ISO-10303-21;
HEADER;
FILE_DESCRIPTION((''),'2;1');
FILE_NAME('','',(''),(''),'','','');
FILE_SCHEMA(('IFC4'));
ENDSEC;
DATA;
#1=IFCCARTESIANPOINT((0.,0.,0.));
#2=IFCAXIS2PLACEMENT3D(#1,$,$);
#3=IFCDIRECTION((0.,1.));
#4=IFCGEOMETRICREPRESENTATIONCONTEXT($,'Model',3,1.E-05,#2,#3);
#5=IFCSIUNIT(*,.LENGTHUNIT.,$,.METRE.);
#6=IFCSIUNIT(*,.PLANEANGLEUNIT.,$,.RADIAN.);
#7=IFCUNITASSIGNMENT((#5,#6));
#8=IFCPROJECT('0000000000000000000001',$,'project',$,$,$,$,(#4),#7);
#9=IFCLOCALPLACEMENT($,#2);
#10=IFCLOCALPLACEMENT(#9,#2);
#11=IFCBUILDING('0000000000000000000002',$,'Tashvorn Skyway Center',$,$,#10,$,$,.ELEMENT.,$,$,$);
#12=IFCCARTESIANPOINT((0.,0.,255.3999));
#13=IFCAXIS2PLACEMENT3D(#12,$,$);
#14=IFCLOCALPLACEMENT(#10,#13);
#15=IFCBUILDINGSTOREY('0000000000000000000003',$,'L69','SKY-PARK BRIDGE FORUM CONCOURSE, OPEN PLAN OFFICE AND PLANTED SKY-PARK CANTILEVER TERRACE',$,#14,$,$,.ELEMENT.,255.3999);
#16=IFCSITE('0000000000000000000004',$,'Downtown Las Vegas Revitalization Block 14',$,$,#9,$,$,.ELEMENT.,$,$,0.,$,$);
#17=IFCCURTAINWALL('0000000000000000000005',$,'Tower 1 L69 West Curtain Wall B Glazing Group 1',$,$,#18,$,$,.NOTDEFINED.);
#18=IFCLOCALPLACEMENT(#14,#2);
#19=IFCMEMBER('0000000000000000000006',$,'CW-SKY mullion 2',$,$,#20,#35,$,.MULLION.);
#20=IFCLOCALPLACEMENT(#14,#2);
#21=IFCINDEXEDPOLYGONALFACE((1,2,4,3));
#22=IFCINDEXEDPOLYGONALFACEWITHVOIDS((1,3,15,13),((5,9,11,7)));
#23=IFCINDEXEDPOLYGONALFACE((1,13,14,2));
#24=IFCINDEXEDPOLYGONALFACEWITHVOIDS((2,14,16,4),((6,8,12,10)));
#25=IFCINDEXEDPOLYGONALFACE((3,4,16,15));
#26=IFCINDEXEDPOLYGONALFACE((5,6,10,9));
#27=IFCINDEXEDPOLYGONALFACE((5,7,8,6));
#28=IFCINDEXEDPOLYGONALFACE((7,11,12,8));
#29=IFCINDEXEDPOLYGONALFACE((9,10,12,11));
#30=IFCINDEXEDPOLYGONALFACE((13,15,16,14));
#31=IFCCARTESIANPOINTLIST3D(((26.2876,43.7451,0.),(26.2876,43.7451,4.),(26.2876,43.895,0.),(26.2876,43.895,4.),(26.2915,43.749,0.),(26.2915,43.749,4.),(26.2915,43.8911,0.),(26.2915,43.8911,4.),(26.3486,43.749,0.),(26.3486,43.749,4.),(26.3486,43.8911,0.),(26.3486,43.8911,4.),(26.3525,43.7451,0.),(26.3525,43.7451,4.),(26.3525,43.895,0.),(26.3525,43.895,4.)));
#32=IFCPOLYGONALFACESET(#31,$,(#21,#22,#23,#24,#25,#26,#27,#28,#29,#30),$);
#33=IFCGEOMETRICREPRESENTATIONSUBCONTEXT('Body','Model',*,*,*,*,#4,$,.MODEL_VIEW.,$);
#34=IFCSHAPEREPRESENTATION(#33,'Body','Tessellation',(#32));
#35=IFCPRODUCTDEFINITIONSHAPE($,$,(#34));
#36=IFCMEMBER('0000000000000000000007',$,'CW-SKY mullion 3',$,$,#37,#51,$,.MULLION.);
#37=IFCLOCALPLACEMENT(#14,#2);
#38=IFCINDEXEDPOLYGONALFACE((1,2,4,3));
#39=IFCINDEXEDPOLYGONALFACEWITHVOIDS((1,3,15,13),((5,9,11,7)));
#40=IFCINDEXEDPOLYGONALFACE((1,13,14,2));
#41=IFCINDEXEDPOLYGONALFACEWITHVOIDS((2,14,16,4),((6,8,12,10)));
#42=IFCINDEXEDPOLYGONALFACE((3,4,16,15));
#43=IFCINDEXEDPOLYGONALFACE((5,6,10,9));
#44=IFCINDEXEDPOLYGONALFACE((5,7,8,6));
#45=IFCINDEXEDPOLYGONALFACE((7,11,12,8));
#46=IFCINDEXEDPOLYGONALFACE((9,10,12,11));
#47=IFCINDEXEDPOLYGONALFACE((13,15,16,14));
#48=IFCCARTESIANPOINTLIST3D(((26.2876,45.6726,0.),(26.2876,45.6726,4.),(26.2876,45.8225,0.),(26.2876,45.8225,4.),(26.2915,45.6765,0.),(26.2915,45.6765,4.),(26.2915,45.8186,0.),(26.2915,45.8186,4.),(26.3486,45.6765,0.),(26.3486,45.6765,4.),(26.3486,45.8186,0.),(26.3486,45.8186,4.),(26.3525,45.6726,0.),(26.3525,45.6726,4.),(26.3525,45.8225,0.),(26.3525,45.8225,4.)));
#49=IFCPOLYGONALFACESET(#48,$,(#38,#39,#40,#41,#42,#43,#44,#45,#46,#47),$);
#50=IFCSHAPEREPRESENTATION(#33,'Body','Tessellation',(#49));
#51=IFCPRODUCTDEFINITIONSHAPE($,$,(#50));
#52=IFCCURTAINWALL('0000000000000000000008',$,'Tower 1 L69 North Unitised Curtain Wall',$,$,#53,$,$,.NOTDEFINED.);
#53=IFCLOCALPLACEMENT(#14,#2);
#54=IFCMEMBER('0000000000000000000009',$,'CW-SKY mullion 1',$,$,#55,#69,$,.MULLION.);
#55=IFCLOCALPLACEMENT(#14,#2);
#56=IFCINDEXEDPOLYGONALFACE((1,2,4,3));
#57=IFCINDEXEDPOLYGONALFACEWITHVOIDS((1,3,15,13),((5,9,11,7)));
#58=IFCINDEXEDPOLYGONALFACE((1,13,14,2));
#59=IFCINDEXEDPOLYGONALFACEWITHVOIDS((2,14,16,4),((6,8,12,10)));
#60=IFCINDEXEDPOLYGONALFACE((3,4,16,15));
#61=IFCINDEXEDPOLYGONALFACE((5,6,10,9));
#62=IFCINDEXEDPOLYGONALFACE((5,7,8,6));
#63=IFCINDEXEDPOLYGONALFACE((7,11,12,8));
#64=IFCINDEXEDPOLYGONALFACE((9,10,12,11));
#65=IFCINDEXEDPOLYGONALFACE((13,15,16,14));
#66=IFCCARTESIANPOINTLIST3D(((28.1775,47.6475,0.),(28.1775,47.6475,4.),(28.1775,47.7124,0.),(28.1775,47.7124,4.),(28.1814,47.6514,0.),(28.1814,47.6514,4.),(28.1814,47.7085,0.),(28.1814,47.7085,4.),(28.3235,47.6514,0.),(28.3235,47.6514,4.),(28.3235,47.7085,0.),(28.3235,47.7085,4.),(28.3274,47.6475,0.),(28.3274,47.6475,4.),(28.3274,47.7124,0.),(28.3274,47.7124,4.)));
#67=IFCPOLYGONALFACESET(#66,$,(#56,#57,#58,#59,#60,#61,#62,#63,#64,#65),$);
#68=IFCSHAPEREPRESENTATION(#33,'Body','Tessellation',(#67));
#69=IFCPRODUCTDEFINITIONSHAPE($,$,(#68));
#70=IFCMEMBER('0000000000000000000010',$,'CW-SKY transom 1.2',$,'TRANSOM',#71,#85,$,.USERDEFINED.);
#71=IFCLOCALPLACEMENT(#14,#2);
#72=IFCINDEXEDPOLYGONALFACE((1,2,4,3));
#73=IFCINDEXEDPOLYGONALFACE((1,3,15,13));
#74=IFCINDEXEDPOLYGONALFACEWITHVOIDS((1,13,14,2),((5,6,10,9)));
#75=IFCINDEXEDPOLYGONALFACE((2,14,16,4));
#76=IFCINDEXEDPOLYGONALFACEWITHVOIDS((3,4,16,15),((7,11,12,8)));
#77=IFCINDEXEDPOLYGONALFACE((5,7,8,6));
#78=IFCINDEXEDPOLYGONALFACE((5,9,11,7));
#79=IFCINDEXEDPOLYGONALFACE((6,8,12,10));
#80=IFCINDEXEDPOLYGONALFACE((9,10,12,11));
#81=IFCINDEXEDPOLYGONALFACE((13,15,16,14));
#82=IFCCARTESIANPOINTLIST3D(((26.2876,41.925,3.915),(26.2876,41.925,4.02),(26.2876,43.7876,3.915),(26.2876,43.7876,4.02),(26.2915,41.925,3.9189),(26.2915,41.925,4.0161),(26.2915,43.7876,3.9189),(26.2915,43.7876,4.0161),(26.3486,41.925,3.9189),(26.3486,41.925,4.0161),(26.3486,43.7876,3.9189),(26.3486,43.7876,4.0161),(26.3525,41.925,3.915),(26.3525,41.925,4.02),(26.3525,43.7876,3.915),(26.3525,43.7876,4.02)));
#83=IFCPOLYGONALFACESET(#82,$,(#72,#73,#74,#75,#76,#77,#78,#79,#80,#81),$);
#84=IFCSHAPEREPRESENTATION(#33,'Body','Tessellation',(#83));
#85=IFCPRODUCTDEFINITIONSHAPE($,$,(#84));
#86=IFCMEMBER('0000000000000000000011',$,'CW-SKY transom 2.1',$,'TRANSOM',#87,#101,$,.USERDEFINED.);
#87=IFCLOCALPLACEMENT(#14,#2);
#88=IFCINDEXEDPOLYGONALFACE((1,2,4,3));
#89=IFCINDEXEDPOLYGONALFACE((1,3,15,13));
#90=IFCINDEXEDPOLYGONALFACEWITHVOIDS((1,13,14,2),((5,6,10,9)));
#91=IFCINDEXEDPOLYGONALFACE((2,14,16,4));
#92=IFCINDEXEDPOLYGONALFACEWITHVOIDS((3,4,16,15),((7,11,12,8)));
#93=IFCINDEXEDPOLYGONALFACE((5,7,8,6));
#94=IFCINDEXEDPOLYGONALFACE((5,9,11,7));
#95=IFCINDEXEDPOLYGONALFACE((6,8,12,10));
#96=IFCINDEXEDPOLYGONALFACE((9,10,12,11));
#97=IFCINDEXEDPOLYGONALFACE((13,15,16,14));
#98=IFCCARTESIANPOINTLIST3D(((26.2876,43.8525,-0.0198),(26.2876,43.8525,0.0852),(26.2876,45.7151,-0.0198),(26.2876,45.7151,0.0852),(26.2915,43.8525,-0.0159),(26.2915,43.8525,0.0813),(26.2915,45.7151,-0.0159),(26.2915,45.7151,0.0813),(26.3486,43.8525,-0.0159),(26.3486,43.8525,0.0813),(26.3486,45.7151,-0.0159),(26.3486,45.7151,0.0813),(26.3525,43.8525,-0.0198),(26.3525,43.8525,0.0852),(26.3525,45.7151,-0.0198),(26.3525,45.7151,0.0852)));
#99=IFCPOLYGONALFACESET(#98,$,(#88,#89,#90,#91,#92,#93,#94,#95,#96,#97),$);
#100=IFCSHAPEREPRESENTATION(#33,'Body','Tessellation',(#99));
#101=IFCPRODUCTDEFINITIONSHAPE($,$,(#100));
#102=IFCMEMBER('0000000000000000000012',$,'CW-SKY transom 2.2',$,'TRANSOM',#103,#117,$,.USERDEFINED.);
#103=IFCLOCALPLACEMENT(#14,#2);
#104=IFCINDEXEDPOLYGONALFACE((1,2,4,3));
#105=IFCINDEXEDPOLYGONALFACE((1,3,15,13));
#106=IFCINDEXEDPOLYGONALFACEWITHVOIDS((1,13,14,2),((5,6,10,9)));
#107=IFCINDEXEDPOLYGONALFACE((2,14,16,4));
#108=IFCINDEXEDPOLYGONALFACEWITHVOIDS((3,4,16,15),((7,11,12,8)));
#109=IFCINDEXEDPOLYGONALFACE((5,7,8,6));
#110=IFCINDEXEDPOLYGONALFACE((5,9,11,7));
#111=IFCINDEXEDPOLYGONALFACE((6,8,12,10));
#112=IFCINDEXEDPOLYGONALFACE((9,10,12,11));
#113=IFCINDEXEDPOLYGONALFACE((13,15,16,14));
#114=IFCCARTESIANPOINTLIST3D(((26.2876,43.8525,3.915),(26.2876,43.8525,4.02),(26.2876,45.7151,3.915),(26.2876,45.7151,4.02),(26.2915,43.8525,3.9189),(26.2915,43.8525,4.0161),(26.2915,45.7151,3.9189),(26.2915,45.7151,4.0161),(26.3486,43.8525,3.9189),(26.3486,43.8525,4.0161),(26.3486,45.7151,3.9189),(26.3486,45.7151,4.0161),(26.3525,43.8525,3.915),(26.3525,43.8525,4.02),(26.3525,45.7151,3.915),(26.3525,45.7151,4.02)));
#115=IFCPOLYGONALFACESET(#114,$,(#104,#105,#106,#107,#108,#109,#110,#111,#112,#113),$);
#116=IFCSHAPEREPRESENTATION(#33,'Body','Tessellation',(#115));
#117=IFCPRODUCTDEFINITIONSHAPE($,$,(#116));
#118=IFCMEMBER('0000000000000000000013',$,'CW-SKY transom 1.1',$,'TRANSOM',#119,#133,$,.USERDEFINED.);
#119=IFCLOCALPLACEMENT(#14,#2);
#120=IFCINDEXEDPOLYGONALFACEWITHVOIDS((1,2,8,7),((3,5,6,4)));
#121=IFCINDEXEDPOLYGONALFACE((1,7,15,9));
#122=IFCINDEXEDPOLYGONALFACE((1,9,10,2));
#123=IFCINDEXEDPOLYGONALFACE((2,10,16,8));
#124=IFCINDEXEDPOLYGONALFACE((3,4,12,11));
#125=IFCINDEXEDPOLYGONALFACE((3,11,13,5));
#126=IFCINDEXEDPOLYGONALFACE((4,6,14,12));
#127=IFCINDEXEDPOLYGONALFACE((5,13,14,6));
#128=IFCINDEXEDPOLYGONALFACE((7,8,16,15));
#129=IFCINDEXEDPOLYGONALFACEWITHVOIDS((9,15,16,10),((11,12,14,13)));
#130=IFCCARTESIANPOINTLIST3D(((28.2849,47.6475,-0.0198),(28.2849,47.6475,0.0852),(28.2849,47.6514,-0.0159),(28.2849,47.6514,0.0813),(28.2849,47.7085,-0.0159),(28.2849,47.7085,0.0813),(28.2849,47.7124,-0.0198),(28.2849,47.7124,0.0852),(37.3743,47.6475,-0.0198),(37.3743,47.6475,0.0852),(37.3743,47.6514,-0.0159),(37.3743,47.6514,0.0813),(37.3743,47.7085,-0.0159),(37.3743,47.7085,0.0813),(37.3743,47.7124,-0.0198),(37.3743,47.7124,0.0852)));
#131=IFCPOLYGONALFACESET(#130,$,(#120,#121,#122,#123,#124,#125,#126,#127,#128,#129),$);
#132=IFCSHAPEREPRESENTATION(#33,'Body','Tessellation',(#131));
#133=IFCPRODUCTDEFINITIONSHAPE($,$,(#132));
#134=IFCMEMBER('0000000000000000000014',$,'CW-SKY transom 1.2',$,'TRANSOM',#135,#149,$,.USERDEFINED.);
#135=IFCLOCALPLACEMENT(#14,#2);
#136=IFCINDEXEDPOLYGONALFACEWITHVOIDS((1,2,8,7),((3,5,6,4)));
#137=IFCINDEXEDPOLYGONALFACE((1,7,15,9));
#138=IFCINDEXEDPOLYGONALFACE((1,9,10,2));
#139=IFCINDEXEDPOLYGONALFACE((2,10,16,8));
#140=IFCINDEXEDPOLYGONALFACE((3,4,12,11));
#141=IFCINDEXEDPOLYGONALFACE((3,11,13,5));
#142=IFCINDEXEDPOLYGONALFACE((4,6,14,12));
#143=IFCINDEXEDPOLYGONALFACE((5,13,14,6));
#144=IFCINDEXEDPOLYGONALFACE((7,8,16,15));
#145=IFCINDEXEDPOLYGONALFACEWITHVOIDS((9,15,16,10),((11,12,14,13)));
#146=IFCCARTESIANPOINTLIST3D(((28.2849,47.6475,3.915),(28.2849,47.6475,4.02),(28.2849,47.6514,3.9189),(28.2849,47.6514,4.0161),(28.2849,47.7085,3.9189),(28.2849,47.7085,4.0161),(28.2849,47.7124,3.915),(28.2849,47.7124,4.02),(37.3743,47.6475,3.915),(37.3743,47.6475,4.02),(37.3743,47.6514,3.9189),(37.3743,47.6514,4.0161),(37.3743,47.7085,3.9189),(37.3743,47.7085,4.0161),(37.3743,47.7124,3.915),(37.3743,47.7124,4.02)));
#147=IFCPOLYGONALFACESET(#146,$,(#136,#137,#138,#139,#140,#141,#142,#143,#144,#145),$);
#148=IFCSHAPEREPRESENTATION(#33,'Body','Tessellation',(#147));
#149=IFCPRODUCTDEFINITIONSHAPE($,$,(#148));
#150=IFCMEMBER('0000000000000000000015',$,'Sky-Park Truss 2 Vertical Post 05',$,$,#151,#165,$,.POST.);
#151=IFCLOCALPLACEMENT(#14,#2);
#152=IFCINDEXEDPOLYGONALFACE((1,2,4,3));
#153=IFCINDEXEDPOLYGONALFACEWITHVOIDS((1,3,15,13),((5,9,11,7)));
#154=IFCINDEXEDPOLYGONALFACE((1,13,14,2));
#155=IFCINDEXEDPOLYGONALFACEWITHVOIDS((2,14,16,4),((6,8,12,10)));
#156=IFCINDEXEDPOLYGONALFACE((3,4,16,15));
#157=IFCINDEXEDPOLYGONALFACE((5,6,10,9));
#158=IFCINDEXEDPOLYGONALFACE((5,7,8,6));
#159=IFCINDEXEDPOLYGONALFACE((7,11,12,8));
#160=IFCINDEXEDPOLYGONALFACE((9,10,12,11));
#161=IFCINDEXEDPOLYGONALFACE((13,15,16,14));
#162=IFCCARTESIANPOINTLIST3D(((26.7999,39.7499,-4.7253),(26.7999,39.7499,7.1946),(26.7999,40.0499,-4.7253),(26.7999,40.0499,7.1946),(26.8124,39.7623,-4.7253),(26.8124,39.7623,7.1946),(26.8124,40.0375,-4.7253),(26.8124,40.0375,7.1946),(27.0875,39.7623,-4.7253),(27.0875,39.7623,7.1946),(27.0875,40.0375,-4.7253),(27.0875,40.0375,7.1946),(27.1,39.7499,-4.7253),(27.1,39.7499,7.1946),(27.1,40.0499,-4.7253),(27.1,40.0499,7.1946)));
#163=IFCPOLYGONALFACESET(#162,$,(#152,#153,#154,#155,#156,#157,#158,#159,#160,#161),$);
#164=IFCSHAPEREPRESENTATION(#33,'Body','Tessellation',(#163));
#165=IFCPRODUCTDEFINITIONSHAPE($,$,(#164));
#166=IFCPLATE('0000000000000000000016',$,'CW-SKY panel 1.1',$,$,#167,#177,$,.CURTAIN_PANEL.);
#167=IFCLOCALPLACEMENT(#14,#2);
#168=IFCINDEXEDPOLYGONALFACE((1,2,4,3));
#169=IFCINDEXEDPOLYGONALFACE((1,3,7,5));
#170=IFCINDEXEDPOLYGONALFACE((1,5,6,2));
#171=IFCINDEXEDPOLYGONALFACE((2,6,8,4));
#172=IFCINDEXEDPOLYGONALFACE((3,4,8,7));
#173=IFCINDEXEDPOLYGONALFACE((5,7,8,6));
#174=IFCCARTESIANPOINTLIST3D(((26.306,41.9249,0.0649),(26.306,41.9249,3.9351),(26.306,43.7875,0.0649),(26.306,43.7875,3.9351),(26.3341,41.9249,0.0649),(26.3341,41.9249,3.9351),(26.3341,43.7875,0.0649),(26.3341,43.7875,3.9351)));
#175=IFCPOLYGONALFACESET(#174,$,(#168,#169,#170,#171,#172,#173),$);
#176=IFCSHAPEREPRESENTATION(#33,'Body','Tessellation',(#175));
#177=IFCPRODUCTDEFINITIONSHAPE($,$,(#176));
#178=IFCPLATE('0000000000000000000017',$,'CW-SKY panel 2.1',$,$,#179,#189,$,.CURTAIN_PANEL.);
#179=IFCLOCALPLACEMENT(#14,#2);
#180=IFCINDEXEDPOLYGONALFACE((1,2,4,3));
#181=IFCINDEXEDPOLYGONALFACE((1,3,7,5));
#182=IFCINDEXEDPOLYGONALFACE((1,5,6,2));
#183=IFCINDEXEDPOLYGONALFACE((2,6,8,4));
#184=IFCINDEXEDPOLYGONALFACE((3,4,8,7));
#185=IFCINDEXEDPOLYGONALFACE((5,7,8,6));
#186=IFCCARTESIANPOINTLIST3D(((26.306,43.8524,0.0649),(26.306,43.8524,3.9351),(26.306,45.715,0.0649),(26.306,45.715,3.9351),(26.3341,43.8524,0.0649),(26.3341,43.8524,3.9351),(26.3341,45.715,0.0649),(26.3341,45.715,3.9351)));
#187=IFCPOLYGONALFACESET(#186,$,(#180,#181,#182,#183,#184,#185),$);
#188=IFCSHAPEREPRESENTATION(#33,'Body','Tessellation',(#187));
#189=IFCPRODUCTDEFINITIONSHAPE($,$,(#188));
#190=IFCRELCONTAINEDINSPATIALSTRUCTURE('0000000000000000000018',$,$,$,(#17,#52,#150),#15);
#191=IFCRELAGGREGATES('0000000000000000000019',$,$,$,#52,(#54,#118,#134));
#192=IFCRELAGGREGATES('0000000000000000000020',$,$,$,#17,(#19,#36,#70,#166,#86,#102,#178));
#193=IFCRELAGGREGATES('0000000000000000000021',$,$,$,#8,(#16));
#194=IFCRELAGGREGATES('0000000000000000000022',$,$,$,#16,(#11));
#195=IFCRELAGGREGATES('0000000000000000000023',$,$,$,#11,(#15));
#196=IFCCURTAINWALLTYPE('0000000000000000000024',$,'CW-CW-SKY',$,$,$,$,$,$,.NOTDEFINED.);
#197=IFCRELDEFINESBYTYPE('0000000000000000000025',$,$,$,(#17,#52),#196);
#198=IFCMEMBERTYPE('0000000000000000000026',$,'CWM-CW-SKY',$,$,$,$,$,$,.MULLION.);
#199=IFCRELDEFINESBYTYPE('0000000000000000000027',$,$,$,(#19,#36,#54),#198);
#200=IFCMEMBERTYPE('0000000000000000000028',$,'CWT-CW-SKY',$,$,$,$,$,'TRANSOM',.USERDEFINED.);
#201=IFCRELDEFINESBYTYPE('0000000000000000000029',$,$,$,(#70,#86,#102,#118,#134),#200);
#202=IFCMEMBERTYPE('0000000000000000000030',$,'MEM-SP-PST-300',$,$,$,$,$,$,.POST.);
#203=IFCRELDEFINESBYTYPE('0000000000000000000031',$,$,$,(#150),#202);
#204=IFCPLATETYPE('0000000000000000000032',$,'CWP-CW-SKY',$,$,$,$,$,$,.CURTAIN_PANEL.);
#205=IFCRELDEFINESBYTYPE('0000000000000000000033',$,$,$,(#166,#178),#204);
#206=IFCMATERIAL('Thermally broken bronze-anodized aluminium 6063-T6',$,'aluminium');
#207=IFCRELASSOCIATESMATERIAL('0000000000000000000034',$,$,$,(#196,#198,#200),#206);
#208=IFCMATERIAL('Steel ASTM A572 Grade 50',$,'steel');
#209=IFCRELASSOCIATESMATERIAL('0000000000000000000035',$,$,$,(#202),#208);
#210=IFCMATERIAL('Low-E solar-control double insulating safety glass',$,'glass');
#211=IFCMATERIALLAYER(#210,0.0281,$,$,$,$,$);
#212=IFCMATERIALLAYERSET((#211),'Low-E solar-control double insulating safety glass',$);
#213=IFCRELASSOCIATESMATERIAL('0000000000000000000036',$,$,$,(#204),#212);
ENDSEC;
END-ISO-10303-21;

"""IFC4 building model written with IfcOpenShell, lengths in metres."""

from ifc_helpers import new_model, si_unit, direction, frame, origin, origin_2d, place, context, subcontext, project, spatial, rectangle, hollow_rectangle, extrude, material, layer, layer_set, material_profile, profile_set, type_object, element, aggregate, save


model = new_model("IFC4")

# Units and contexts
model_context = context("Model", 3, precision=1e-05, world=origin(), true_north=direction((0.0, 1.0)))
body_context = subcontext(model_context, "Body", "Model", "MODEL_VIEW")
ifc_project = project(units=[si_unit("LENGTHUNIT", "METRE"), si_unit("PLANEANGLEUNIT", "RADIAN")], contexts=[model_context])

# Site, building, storey
site_placement = place(None, origin())
site = spatial("IfcSite", under=ifc_project, at=site_placement, Name="Downtown Las Vegas Revitalization Block 14", CompositionType="ELEMENT", RefElevation=0.0)
building_placement = place(site_placement, origin())
building = spatial("IfcBuilding", under=site, at=building_placement, Name="Tashvorn Skyway Center", CompositionType="ELEMENT")
storey_placement = place(building_placement, frame((0.0, 0.0, 255.3999)))
storey = spatial("IfcBuildingStorey", under=building, at=storey_placement, Name="L69", Description="SKY-PARK BRIDGE FORUM CONCOURSE, OPEN PLAN OFFICE AND PLANTED SKY-PARK CANTILEVER TERRACE", CompositionType="ELEMENT", Elevation=255.3999)

# Shared definitions
ifc_material_1 = material(Name="Steel ASTM A572 Grade 50", Category="steel")

# Curtain wall, members
ifc_material_2 = material(Name="Thermally broken bronze-anodized aluminium 6063-T6", Category="aluminium")
curtain_wall_type = type_object("IfcCurtainWallType", Name="CW-CW-SKY", PredefinedType="NOTDEFINED", material=ifc_material_2)
curtain_wall_1_placement = place(storey_placement, origin())
curtain_wall_1 = element("IfcCurtainWall", 1, at=curtain_wall_1_placement, inside=storey, type_object=curtain_wall_type, Name="Tower 1 L69 West Curtain Wall B Glazing Group 1", PredefinedType="NOTDEFINED")
ifc_material_profile_1 = material_profile(ifc_material_2, hollow_rectangle(XDim=0.0649, YDim=0.1499, WallThickness=0.0039, at=origin_2d()), Name="ALU-MULL-65x150")
ifc_profile_set_1 = profile_set([ifc_material_profile_1], Name="Thermally broken bronze-anodized aluminium 6063-T6")
member_type_1 = type_object("IfcMemberType", Name="CWM-CW-SKY", PredefinedType="MULLION", material=ifc_profile_set_1)
member_1_placement = place(storey_placement, frame((26.3201, 43.8201, 0.0), z_axis=(0.0, 0.0, 1.0), x_axis=(-1.0, 0.0, 0.0)))
member_1 = element("IfcMember", 2, at=member_1_placement, type_object=member_type_1, Name="CW-SKY mullion 2", PredefinedType="MULLION", context=body_context, shape_type="SweptSolid", body=[
    extrude(hollow_rectangle(XDim=0.0649, YDim=0.1499, WallThickness=0.0039, at=origin_2d()), origin(), (0.0, 0.0, 1.0), 4.0),
])
member_2_placement = place(storey_placement, frame((26.3201, 45.7476, 0.0), z_axis=(0.0, 0.0, 1.0), x_axis=(-1.0, 0.0, 0.0)))
member_2 = element("IfcMember", 3, at=member_2_placement, type_object=member_type_1, Name="CW-SKY mullion 3", PredefinedType="MULLION", context=body_context, shape_type="SweptSolid", body=[
    extrude(hollow_rectangle(XDim=0.0649, YDim=0.1499, WallThickness=0.0039, at=origin_2d()), origin(), (0.0, 0.0, 1.0), 4.0),
])

# Curtain wall, member
curtain_wall_2_placement = place(storey_placement, origin())
curtain_wall_2 = element("IfcCurtainWall", 4, at=curtain_wall_2_placement, inside=storey, type_object=curtain_wall_type, Name="Tower 1 L69 North Unitised Curtain Wall", PredefinedType="NOTDEFINED")
member_3_placement = place(storey_placement, frame((28.2524, 47.6799, 0.0), z_axis=(0.0, 0.0, 1.0), x_axis=(0.0, 1.0, 0.0)))
member_3 = element("IfcMember", 5, at=member_3_placement, type_object=member_type_1, Name="CW-SKY mullion 1", PredefinedType="MULLION", context=body_context, shape_type="SweptSolid", body=[
    extrude(hollow_rectangle(XDim=0.0649, YDim=0.1499, WallThickness=0.0039, at=origin_2d()), origin(), (0.0, 0.0, 1.0), 4.0),
])

# Members
ifc_material_profile_2 = material_profile(ifc_material_2, hollow_rectangle(XDim=0.0649, YDim=0.105, WallThickness=0.0039, at=origin_2d()), Name="ALU-TRAN-65x105")
ifc_profile_set_2 = profile_set([ifc_material_profile_2], Name="Thermally broken bronze-anodized aluminium 6063-T6")
member_type_2 = type_object("IfcMemberType", Name="CWT-CW-SKY", ElementType="TRANSOM", PredefinedType="USERDEFINED", material=ifc_profile_set_2)
member_4_placement = place(storey_placement, frame((26.3201, 41.925, 3.9675), z_axis=(0.0, 1.0, 0.0), x_axis=(-1.0, 0.0, 0.0)))
member_4 = element("IfcMember", 6, at=member_4_placement, type_object=member_type_2, Name="CW-SKY transom 1.2", ObjectType="TRANSOM", PredefinedType="USERDEFINED", context=body_context, shape_type="SweptSolid", body=[
    extrude(hollow_rectangle(XDim=0.0649, YDim=0.105, WallThickness=0.0039, at=origin_2d()), origin(), (0.0, 0.0, 1.0), 1.8625),
])
member_5_placement = place(storey_placement, frame((26.3201, 43.8525, 0.0327), z_axis=(0.0, 1.0, 0.0), x_axis=(-1.0, 0.0, 0.0)))
member_5 = element("IfcMember", 7, at=member_5_placement, type_object=member_type_2, Name="CW-SKY transom 2.1", ObjectType="TRANSOM", PredefinedType="USERDEFINED", context=body_context, shape_type="SweptSolid", body=[
    extrude(hollow_rectangle(XDim=0.0649, YDim=0.105, WallThickness=0.0039, at=origin_2d()), origin(), (0.0, 0.0, 1.0), 1.8625),
])
member_6_placement = place(storey_placement, frame((26.3201, 43.8525, 3.9675), z_axis=(0.0, 1.0, 0.0), x_axis=(-1.0, 0.0, 0.0)))
member_6 = element("IfcMember", 8, at=member_6_placement, type_object=member_type_2, Name="CW-SKY transom 2.2", ObjectType="TRANSOM", PredefinedType="USERDEFINED", context=body_context, shape_type="SweptSolid", body=[
    extrude(hollow_rectangle(XDim=0.0649, YDim=0.105, WallThickness=0.0039, at=origin_2d()), origin(), (0.0, 0.0, 1.0), 1.8625),
])
member_7_placement = place(storey_placement, frame((28.2849, 47.6799, 0.0327), z_axis=(1.0, 0.0, 0.0), x_axis=(0.0, 1.0, 0.0)))
member_7 = element("IfcMember", 9, at=member_7_placement, type_object=member_type_2, Name="CW-SKY transom 1.1", ObjectType="TRANSOM", PredefinedType="USERDEFINED", context=body_context, shape_type="SweptSolid", body=[
    extrude(hollow_rectangle(XDim=0.0649, YDim=0.105, WallThickness=0.0039, at=origin_2d()), origin(), (0.0, 0.0, 1.0), 9.0894),
])
member_8_placement = place(storey_placement, frame((28.2849, 47.6799, 3.9675), z_axis=(1.0, 0.0, 0.0), x_axis=(0.0, 1.0, 0.0)))
member_8 = element("IfcMember", 10, at=member_8_placement, type_object=member_type_2, Name="CW-SKY transom 1.2", ObjectType="TRANSOM", PredefinedType="USERDEFINED", context=body_context, shape_type="SweptSolid", body=[
    extrude(hollow_rectangle(XDim=0.0649, YDim=0.105, WallThickness=0.0039, at=origin_2d()), origin(), (0.0, 0.0, 1.0), 9.0894),
])
aggregate(curtain_wall_2, [member_3, member_7, member_8])
ifc_material_profile_3 = material_profile(ifc_material_1, hollow_rectangle(XDim=0.3, YDim=0.3, WallThickness=0.0125, at=origin_2d()), Name="HSS300x300x12.5")
ifc_profile_set_3 = profile_set([ifc_material_profile_3], Name="Steel ASTM A572 Grade 50")
member_type_3 = type_object("IfcMemberType", Name="MEM-SP-PST-300", PredefinedType="POST", material=ifc_profile_set_3)
member_9_placement = place(storey_placement, frame((26.95, 39.8999, -4.7253), z_axis=(0.0, 0.0, 1.0), x_axis=(1.0, 0.0, 0.0)))
element("IfcMember", 11, at=member_9_placement, inside=storey, type_object=member_type_3, Name="Sky-Park Truss 2 Vertical Post 05", PredefinedType="POST", context=body_context, shape_type="SweptSolid", body=[
    extrude(hollow_rectangle(XDim=0.3, YDim=0.3, WallThickness=0.0125, at=origin_2d()), origin(), (0.0, 0.0, 1.0), 11.9199),
])

# Plates
ifc_material_3 = material(Name="Low-E solar-control double insulating safety glass", Category="glass")
ifc_layer_1 = layer(ifc_material_3, 0.0281)
ifc_layer_set_1 = layer_set([ifc_layer_1], Name="Low-E solar-control double insulating safety glass")
plate_type = type_object("IfcPlateType", Name="CWP-CW-SKY", PredefinedType="CURTAIN_PANEL", material=ifc_layer_set_1)
plate_1_placement = place(storey_placement, frame((26.3201, 42.8562, 0.0649), z_axis=(0.0, 0.0, 1.0), x_axis=(0.0, 1.0, 0.0)))
plate_1 = element("IfcPlate", 12, at=plate_1_placement, type_object=plate_type, Name="CW-SKY panel 1.1", PredefinedType="CURTAIN_PANEL", context=body_context, shape_type="SweptSolid", body=[
    extrude(rectangle(XDim=1.8625, YDim=0.0281, at=origin_2d()), origin(), (0.0, 0.0, 1.0), 3.8701),
])
plate_2_placement = place(storey_placement, frame((26.3201, 44.7837, 0.0649), z_axis=(0.0, 0.0, 1.0), x_axis=(0.0, 1.0, 0.0)))
plate_2 = element("IfcPlate", 13, at=plate_2_placement, type_object=plate_type, Name="CW-SKY panel 2.1", PredefinedType="CURTAIN_PANEL", context=body_context, shape_type="SweptSolid", body=[
    extrude(rectangle(XDim=1.8625, YDim=0.0281, at=origin_2d()), origin(), (0.0, 0.0, 1.0), 3.8701),
])
aggregate(curtain_wall_1, [member_1, member_2, member_4, plate_1, member_5, member_6, plate_2])

save(model, "model.ifc")
